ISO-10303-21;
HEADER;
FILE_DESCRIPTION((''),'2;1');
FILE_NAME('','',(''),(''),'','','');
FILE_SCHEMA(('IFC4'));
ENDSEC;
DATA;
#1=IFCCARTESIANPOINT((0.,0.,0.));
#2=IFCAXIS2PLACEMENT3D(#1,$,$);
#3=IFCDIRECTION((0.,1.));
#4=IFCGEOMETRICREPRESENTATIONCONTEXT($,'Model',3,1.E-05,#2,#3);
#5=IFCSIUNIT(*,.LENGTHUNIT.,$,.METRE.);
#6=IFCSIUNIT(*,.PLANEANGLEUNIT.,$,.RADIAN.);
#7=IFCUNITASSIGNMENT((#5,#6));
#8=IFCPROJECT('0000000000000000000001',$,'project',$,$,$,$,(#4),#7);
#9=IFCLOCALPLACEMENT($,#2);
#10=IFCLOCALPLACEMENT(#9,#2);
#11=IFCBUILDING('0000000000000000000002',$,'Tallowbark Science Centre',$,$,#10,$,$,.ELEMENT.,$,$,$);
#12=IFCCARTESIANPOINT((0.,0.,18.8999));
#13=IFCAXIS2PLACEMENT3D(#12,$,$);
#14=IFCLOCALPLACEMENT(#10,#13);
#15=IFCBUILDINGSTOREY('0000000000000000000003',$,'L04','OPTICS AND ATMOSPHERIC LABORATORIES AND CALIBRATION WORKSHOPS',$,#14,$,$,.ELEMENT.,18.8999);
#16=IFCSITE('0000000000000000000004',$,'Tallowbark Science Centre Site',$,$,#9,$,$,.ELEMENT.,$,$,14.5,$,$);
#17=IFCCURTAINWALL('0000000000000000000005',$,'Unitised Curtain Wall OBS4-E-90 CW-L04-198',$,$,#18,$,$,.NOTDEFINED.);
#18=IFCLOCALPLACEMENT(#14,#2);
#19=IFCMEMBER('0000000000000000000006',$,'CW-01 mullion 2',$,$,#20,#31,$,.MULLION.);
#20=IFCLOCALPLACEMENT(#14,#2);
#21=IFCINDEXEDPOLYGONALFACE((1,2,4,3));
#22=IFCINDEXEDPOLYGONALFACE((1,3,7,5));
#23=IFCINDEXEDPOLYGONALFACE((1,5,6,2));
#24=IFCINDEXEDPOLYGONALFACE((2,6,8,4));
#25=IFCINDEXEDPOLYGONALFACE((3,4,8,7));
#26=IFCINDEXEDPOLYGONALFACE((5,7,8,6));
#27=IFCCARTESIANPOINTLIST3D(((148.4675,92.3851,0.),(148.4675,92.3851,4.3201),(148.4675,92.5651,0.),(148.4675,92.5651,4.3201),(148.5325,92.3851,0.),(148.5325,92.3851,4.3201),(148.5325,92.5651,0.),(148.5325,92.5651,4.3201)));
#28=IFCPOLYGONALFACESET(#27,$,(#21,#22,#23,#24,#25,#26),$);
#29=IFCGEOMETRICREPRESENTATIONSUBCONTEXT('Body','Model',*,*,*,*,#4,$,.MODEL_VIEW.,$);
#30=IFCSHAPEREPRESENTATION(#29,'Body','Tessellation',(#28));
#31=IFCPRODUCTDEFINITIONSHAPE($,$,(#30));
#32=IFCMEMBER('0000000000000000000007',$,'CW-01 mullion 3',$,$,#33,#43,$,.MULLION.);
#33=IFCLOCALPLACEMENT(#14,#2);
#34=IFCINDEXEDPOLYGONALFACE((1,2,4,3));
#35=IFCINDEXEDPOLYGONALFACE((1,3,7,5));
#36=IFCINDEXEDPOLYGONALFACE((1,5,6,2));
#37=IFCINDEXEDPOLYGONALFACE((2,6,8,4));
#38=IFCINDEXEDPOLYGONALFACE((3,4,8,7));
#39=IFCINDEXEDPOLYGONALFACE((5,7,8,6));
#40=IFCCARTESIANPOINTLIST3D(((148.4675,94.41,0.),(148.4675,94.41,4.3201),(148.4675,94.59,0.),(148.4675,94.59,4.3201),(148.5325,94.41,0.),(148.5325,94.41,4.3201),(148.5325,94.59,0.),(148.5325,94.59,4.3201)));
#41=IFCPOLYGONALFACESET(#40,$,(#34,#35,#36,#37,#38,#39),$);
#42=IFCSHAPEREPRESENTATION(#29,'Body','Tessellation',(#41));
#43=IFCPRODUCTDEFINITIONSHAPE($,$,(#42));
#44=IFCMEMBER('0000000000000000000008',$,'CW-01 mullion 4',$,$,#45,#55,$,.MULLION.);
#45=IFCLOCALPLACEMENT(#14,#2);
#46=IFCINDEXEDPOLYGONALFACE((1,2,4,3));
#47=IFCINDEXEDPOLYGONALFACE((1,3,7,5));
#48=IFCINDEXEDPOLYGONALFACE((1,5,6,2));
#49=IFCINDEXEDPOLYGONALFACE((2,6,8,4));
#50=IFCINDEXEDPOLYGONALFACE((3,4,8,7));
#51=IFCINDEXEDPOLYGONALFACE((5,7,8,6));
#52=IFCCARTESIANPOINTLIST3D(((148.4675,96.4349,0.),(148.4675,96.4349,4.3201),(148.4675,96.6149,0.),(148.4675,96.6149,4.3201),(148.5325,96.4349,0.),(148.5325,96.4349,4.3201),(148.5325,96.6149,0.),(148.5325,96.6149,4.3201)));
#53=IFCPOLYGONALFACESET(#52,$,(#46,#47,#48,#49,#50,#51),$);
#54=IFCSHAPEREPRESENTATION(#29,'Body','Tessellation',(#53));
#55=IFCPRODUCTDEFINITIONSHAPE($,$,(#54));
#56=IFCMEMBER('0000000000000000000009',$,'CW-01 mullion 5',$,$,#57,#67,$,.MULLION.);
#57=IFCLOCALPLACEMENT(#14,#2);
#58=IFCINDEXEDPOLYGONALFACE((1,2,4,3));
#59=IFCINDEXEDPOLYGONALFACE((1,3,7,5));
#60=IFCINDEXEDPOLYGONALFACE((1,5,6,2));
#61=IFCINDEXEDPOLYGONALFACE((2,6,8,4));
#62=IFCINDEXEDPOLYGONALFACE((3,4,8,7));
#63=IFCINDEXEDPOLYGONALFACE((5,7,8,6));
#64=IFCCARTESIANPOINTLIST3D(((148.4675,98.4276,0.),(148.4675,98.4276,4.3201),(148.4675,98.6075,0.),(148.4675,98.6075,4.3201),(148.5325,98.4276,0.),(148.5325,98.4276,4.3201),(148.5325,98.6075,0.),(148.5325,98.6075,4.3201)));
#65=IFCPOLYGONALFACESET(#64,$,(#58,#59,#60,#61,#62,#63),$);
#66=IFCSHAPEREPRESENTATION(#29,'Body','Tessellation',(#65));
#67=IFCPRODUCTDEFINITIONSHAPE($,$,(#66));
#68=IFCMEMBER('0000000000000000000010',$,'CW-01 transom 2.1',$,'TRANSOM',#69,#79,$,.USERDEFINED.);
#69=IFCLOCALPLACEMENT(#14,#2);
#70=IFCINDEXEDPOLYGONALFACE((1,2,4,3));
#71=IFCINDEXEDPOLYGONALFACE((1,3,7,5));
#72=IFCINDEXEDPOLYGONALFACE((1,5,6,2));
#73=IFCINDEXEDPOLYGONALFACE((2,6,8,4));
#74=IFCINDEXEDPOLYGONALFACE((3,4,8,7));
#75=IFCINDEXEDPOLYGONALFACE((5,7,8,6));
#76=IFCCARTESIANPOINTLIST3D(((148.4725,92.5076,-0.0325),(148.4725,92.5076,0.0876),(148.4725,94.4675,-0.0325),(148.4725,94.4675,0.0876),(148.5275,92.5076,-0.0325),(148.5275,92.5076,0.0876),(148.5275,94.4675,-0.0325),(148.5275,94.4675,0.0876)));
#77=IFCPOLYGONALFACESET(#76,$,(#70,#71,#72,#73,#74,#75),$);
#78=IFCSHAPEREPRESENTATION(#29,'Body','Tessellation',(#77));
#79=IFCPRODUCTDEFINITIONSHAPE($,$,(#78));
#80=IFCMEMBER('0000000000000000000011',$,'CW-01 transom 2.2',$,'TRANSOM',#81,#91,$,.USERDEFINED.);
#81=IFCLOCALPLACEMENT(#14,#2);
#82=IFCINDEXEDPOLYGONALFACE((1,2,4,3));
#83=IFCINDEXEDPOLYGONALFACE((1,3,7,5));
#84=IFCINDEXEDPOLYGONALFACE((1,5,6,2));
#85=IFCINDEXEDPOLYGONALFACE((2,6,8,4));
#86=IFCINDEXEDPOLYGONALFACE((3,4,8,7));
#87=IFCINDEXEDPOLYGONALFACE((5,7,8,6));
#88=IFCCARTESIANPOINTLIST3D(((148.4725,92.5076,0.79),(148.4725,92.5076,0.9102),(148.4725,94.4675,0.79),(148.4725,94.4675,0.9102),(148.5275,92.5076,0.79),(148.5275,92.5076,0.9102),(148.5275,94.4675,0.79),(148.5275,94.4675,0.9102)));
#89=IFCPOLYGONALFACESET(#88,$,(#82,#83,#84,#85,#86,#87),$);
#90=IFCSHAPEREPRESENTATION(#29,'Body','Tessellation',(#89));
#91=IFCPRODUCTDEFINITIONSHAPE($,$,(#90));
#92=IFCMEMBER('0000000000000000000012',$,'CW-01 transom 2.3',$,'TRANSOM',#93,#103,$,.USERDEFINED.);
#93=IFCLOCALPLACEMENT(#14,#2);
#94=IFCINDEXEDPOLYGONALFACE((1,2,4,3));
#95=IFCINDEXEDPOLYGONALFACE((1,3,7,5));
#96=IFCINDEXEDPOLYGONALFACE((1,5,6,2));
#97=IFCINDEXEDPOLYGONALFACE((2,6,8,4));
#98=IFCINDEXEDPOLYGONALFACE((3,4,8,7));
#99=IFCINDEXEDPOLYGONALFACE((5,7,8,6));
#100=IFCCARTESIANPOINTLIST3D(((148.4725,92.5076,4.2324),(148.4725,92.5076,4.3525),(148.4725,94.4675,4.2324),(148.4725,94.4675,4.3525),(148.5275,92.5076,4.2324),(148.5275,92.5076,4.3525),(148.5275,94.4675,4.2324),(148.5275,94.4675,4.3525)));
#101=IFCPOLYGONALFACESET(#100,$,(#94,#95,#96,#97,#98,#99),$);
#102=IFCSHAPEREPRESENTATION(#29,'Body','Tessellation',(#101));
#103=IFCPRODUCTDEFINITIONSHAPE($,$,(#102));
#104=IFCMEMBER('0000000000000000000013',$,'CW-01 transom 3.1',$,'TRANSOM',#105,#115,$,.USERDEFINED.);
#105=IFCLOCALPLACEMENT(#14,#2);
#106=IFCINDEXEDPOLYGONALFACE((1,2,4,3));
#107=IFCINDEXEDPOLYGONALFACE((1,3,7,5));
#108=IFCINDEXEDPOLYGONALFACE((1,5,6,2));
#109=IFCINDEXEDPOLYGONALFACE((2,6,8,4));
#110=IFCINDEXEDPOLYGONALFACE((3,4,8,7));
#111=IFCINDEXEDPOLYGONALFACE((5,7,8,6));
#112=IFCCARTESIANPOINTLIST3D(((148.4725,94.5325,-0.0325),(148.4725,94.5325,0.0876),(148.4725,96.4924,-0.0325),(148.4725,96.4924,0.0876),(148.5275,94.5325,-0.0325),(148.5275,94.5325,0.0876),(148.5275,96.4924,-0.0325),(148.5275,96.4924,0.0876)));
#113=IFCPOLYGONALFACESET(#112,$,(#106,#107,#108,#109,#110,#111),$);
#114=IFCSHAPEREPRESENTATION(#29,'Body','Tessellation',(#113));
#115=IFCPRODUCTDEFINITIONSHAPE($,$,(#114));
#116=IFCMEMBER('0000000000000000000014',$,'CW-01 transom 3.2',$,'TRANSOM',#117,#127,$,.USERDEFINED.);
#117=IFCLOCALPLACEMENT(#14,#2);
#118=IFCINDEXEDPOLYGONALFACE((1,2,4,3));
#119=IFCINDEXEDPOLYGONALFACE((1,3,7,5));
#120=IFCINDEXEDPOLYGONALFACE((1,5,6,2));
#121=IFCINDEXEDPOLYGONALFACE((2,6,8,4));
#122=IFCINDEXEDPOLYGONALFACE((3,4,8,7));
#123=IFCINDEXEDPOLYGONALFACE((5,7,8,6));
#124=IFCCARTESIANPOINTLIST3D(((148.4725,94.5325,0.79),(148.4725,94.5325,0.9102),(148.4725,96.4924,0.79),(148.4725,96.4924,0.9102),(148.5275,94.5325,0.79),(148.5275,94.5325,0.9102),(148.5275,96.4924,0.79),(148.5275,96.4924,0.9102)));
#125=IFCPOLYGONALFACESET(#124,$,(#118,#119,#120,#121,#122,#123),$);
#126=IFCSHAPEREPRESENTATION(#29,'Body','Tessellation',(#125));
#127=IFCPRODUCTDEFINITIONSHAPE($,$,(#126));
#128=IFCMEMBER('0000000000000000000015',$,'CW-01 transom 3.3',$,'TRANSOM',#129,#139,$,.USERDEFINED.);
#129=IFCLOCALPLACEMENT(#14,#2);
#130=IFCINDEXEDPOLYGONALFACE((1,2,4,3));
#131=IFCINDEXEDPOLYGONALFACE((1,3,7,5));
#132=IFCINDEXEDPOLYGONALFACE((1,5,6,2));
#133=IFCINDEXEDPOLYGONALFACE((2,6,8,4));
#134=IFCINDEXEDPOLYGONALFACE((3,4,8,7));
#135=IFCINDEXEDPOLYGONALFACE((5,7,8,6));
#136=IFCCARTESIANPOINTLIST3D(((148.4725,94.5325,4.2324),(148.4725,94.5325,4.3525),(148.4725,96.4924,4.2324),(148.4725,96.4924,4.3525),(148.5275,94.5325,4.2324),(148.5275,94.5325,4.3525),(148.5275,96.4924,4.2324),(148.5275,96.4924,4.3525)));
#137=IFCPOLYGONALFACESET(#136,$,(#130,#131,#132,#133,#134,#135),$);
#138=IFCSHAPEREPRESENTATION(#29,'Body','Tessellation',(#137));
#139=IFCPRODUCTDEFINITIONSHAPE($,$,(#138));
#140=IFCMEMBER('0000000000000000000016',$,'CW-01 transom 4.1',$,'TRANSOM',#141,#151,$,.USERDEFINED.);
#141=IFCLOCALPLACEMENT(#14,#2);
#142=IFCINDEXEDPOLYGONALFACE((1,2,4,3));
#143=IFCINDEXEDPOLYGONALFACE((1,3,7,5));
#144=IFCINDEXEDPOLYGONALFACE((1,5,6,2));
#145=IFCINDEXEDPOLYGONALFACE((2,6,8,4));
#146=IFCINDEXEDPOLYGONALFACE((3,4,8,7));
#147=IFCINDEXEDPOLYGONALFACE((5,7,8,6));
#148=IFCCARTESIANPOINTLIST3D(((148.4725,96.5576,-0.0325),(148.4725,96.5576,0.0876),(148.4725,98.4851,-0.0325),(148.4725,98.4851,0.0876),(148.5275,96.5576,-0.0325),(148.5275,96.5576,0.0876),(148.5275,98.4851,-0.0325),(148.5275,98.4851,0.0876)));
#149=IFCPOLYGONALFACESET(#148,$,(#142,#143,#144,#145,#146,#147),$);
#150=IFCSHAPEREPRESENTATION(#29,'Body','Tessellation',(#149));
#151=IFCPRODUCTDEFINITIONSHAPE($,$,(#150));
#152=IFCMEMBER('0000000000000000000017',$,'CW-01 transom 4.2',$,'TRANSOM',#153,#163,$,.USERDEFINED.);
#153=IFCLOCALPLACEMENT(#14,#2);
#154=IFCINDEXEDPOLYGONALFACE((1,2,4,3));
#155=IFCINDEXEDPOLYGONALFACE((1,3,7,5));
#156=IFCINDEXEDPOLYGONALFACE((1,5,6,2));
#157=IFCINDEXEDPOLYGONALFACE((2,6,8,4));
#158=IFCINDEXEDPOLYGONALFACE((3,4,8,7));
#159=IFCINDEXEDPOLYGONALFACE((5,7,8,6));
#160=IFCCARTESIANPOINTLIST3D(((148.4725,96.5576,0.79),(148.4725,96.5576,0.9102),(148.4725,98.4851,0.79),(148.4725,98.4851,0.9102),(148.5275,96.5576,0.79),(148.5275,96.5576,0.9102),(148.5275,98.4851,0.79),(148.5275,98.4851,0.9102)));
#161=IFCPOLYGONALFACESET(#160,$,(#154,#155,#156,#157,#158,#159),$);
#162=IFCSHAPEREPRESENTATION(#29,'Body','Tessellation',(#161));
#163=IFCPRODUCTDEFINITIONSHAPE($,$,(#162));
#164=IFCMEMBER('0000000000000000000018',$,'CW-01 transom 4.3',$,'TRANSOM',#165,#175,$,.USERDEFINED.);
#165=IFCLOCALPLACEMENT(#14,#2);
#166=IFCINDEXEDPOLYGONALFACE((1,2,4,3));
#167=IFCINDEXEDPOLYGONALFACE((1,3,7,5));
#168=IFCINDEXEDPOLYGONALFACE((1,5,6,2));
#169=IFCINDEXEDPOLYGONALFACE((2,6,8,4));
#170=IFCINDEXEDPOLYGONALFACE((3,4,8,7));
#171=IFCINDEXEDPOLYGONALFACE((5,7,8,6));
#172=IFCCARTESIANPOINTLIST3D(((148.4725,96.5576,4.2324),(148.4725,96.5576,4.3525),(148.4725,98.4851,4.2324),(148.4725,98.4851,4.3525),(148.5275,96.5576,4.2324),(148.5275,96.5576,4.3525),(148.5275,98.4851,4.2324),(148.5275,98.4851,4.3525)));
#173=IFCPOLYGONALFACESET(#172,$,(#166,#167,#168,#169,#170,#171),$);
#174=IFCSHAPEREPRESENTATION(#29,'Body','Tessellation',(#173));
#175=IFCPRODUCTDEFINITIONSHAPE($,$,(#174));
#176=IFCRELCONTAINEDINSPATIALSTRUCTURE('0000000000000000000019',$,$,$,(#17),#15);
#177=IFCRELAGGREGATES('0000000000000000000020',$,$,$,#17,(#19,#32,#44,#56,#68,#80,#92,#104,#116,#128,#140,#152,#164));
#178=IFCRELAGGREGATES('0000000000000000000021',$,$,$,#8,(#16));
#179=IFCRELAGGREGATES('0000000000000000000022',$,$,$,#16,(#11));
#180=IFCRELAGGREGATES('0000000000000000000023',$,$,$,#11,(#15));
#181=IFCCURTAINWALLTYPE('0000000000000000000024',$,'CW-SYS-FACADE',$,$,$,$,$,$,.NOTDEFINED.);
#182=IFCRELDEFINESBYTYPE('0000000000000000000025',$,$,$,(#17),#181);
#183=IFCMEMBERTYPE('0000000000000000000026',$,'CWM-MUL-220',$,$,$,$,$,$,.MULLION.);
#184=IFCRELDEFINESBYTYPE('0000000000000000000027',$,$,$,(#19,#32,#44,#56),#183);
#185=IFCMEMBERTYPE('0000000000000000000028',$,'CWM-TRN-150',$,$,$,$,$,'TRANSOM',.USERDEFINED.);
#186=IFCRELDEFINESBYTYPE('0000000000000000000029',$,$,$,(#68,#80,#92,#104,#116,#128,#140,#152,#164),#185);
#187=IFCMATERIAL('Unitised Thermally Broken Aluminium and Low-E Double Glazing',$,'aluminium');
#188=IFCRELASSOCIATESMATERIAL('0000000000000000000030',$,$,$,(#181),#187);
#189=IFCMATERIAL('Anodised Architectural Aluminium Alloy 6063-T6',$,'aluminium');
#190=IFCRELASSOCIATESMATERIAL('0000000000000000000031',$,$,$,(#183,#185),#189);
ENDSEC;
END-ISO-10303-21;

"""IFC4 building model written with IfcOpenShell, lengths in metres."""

from ifc_helpers import new_model, si_unit, direction, frame, origin, origin_2d, place, context, subcontext, project, spatial, rectangle, extrude, material, material_profile, profile_set, type_object, element, aggregate, save


model = new_model("IFC4")

# Units and contexts
model_context = context("Model", 3, precision=1e-05, world=origin(), true_north=direction((0.0, 1.0)))
body_context = subcontext(model_context, "Body", "Model", "MODEL_VIEW")
ifc_project = project(units=[si_unit("LENGTHUNIT", "METRE"), si_unit("PLANEANGLEUNIT", "RADIAN")], contexts=[model_context])

# Site, building, storey
site_placement = place(None, origin())
site = spatial("IfcSite", under=ifc_project, at=site_placement, Name="Tallowbark Science Centre Site", CompositionType="ELEMENT", RefElevation=14.5)
building_placement = place(site_placement, origin())
building = spatial("IfcBuilding", under=site, at=building_placement, Name="Tallowbark Science Centre", CompositionType="ELEMENT")
storey_placement = place(building_placement, frame((0.0, 0.0, 18.8999)))
storey = spatial("IfcBuildingStorey", under=building, at=storey_placement, Name="L04", Description="OPTICS AND ATMOSPHERIC LABORATORIES AND CALIBRATION WORKSHOPS", CompositionType="ELEMENT", Elevation=18.8999)

# Curtain wall, members
ifc_material_1 = material(Name="Unitised Thermally Broken Aluminium and Low-E Double Glazing", Category="aluminium")
curtain_wall_type = type_object("IfcCurtainWallType", Name="CW-SYS-FACADE", PredefinedType="NOTDEFINED", material=ifc_material_1)
curtain_wall_placement = place(storey_placement, origin())
curtain_wall = element("IfcCurtainWall", 1, at=curtain_wall_placement, inside=storey, type_object=curtain_wall_type, Name="Unitised Curtain Wall OBS4-E-90 CW-L04-198", PredefinedType="NOTDEFINED")
ifc_material_2 = material(Name="Anodised Architectural Aluminium Alloy 6063-T6", Category="aluminium")
ifc_material_profile_1 = material_profile(ifc_material_2, rectangle(XDim=0.0649, YDim=0.1799, at=origin_2d()), Name="ALU65x180")
ifc_profile_set_1 = profile_set([ifc_material_profile_1], Name="Anodised Architectural Aluminium Alloy 6063-T6")
member_type_1 = type_object("IfcMemberType", Name="CWM-MUL-220", PredefinedType="MULLION", material=ifc_profile_set_1)
member_1_placement = place(storey_placement, frame((148.5, 92.4751, 0.0), z_axis=(0.0, 0.0, 1.0), x_axis=(-1.0, 0.0, 0.0)))
member_1 = element("IfcMember", 2, at=member_1_placement, type_object=member_type_1, Name="CW-01 mullion 2", PredefinedType="MULLION", context=body_context, shape_type="SweptSolid", body=[
    extrude(rectangle(XDim=0.0649, YDim=0.1799, at=origin_2d()), origin(), (0.0, 0.0, 1.0), 4.3201),
])
member_2_placement = place(storey_placement, frame((148.5, 94.5, 0.0), z_axis=(0.0, 0.0, 1.0), x_axis=(-1.0, 0.0, 0.0)))
member_2 = element("IfcMember", 3, at=member_2_placement, type_object=member_type_1, Name="CW-01 mullion 3", PredefinedType="MULLION", context=body_context, shape_type="SweptSolid", body=[
    extrude(rectangle(XDim=0.0649, YDim=0.1799, at=origin_2d()), origin(), (0.0, 0.0, 1.0), 4.3201),
])
member_3_placement = place(storey_placement, frame((148.5, 96.5249, 0.0), z_axis=(0.0, 0.0, 1.0), x_axis=(-1.0, 0.0, 0.0)))
member_3 = element("IfcMember", 4, at=member_3_placement, type_object=member_type_1, Name="CW-01 mullion 4", PredefinedType="MULLION", context=body_context, shape_type="SweptSolid", body=[
    extrude(rectangle(XDim=0.0649, YDim=0.1799, at=origin_2d()), origin(), (0.0, 0.0, 1.0), 4.3201),
])
member_4_placement = place(storey_placement, frame((148.5, 98.5176, 0.0), z_axis=(0.0, 0.0, 1.0), x_axis=(-1.0, 0.0, 0.0)))
member_4 = element("IfcMember", 5, at=member_4_placement, type_object=member_type_1, Name="CW-01 mullion 5", PredefinedType="MULLION", context=body_context, shape_type="SweptSolid", body=[
    extrude(rectangle(XDim=0.0649, YDim=0.1799, at=origin_2d()), origin(), (0.0, 0.0, 1.0), 4.3201),
])
ifc_material_profile_2 = material_profile(ifc_material_2, rectangle(XDim=0.0549, YDim=0.1201, at=origin_2d()), Name="ALU55x120")
ifc_profile_set_2 = profile_set([ifc_material_profile_2], Name="Anodised Architectural Aluminium Alloy 6063-T6")
member_type_2 = type_object("IfcMemberType", Name="CWM-TRN-150", ElementType="TRANSOM", PredefinedType="USERDEFINED", material=ifc_profile_set_2)
member_5_placement = place(storey_placement, frame((148.5, 92.5076, 0.0276), z_axis=(0.0, 1.0, 0.0), x_axis=(-1.0, 0.0, 0.0)))
member_5 = element("IfcMember", 6, at=member_5_placement, type_object=member_type_2, Name="CW-01 transom 2.1", ObjectType="TRANSOM", PredefinedType="USERDEFINED", context=body_context, shape_type="SweptSolid", body=[
    extrude(rectangle(XDim=0.0549, YDim=0.1201, at=origin_2d()), origin(), (0.0, 0.0, 1.0), 1.96),
])
member_6_placement = place(storey_placement, frame((148.5, 92.5076, 0.8501), z_axis=(0.0, 1.0, 0.0), x_axis=(-1.0, 0.0, 0.0)))
member_6 = element("IfcMember", 7, at=member_6_placement, type_object=member_type_2, Name="CW-01 transom 2.2", ObjectType="TRANSOM", PredefinedType="USERDEFINED", context=body_context, shape_type="SweptSolid", body=[
    extrude(rectangle(XDim=0.0549, YDim=0.1201, at=origin_2d()), origin(), (0.0, 0.0, 1.0), 1.96),
])
member_7_placement = place(storey_placement, frame((148.5, 92.5076, 4.2925), z_axis=(0.0, 1.0, 0.0), x_axis=(-1.0, 0.0, 0.0)))
member_7 = element("IfcMember", 8, at=member_7_placement, type_object=member_type_2, Name="CW-01 transom 2.3", ObjectType="TRANSOM", PredefinedType="USERDEFINED", context=body_context, shape_type="SweptSolid", body=[
    extrude(rectangle(XDim=0.0549, YDim=0.1201, at=origin_2d()), origin(), (0.0, 0.0, 1.0), 1.96),
])
member_8_placement = place(storey_placement, frame((148.5, 94.5325, 0.0276), z_axis=(0.0, 1.0, 0.0), x_axis=(-1.0, 0.0, 0.0)))
member_8 = element("IfcMember", 9, at=member_8_placement, type_object=member_type_2, Name="CW-01 transom 3.1", ObjectType="TRANSOM", PredefinedType="USERDEFINED", context=body_context, shape_type="SweptSolid", body=[
    extrude(rectangle(XDim=0.0549, YDim=0.1201, at=origin_2d()), origin(), (0.0, 0.0, 1.0), 1.96),
])
member_9_placement = place(storey_placement, frame((148.5, 94.5325, 0.8501), z_axis=(0.0, 1.0, 0.0), x_axis=(-1.0, 0.0, 0.0)))
member_9 = element("IfcMember", 10, at=member_9_placement, type_object=member_type_2, Name="CW-01 transom 3.2", ObjectType="TRANSOM", PredefinedType="USERDEFINED", context=body_context, shape_type="SweptSolid", body=[
    extrude(rectangle(XDim=0.0549, YDim=0.1201, at=origin_2d()), origin(), (0.0, 0.0, 1.0), 1.96),
])
member_10_placement = place(storey_placement, frame((148.5, 94.5325, 4.2925), z_axis=(0.0, 1.0, 0.0), x_axis=(-1.0, 0.0, 0.0)))
member_10 = element("IfcMember", 11, at=member_10_placement, type_object=member_type_2, Name="CW-01 transom 3.3", ObjectType="TRANSOM", PredefinedType="USERDEFINED", context=body_context, shape_type="SweptSolid", body=[
    extrude(rectangle(XDim=0.0549, YDim=0.1201, at=origin_2d()), origin(), (0.0, 0.0, 1.0), 1.96),
])
member_11_placement = place(storey_placement, frame((148.5, 96.5576, 0.0276), z_axis=(0.0, 1.0, 0.0), x_axis=(-1.0, 0.0, 0.0)))
member_11 = element("IfcMember", 12, at=member_11_placement, type_object=member_type_2, Name="CW-01 transom 4.1", ObjectType="TRANSOM", PredefinedType="USERDEFINED", context=body_context, shape_type="SweptSolid", body=[
    extrude(rectangle(XDim=0.0549, YDim=0.1201, at=origin_2d()), origin(), (0.0, 0.0, 1.0), 1.9275),
])
member_12_placement = place(storey_placement, frame((148.5, 96.5576, 0.8501), z_axis=(0.0, 1.0, 0.0), x_axis=(-1.0, 0.0, 0.0)))
member_12 = element("IfcMember", 13, at=member_12_placement, type_object=member_type_2, Name="CW-01 transom 4.2", ObjectType="TRANSOM", PredefinedType="USERDEFINED", context=body_context, shape_type="SweptSolid", body=[
    extrude(rectangle(XDim=0.0549, YDim=0.1201, at=origin_2d()), origin(), (0.0, 0.0, 1.0), 1.9275),
])
member_13_placement = place(storey_placement, frame((148.5, 96.5576, 4.2925), z_axis=(0.0, 1.0, 0.0), x_axis=(-1.0, 0.0, 0.0)))
member_13 = element("IfcMember", 14, at=member_13_placement, type_object=member_type_2, Name="CW-01 transom 4.3", ObjectType="TRANSOM", PredefinedType="USERDEFINED", context=body_context, shape_type="SweptSolid", body=[
    extrude(rectangle(XDim=0.0549, YDim=0.1201, at=origin_2d()), origin(), (0.0, 0.0, 1.0), 1.9275),
])

aggregate(curtain_wall, [member_1, member_2, member_3, member_4, member_5, member_6, member_7, member_8, member_9, member_10, member_11, member_12, member_13])

save(model, "model.ifc")
